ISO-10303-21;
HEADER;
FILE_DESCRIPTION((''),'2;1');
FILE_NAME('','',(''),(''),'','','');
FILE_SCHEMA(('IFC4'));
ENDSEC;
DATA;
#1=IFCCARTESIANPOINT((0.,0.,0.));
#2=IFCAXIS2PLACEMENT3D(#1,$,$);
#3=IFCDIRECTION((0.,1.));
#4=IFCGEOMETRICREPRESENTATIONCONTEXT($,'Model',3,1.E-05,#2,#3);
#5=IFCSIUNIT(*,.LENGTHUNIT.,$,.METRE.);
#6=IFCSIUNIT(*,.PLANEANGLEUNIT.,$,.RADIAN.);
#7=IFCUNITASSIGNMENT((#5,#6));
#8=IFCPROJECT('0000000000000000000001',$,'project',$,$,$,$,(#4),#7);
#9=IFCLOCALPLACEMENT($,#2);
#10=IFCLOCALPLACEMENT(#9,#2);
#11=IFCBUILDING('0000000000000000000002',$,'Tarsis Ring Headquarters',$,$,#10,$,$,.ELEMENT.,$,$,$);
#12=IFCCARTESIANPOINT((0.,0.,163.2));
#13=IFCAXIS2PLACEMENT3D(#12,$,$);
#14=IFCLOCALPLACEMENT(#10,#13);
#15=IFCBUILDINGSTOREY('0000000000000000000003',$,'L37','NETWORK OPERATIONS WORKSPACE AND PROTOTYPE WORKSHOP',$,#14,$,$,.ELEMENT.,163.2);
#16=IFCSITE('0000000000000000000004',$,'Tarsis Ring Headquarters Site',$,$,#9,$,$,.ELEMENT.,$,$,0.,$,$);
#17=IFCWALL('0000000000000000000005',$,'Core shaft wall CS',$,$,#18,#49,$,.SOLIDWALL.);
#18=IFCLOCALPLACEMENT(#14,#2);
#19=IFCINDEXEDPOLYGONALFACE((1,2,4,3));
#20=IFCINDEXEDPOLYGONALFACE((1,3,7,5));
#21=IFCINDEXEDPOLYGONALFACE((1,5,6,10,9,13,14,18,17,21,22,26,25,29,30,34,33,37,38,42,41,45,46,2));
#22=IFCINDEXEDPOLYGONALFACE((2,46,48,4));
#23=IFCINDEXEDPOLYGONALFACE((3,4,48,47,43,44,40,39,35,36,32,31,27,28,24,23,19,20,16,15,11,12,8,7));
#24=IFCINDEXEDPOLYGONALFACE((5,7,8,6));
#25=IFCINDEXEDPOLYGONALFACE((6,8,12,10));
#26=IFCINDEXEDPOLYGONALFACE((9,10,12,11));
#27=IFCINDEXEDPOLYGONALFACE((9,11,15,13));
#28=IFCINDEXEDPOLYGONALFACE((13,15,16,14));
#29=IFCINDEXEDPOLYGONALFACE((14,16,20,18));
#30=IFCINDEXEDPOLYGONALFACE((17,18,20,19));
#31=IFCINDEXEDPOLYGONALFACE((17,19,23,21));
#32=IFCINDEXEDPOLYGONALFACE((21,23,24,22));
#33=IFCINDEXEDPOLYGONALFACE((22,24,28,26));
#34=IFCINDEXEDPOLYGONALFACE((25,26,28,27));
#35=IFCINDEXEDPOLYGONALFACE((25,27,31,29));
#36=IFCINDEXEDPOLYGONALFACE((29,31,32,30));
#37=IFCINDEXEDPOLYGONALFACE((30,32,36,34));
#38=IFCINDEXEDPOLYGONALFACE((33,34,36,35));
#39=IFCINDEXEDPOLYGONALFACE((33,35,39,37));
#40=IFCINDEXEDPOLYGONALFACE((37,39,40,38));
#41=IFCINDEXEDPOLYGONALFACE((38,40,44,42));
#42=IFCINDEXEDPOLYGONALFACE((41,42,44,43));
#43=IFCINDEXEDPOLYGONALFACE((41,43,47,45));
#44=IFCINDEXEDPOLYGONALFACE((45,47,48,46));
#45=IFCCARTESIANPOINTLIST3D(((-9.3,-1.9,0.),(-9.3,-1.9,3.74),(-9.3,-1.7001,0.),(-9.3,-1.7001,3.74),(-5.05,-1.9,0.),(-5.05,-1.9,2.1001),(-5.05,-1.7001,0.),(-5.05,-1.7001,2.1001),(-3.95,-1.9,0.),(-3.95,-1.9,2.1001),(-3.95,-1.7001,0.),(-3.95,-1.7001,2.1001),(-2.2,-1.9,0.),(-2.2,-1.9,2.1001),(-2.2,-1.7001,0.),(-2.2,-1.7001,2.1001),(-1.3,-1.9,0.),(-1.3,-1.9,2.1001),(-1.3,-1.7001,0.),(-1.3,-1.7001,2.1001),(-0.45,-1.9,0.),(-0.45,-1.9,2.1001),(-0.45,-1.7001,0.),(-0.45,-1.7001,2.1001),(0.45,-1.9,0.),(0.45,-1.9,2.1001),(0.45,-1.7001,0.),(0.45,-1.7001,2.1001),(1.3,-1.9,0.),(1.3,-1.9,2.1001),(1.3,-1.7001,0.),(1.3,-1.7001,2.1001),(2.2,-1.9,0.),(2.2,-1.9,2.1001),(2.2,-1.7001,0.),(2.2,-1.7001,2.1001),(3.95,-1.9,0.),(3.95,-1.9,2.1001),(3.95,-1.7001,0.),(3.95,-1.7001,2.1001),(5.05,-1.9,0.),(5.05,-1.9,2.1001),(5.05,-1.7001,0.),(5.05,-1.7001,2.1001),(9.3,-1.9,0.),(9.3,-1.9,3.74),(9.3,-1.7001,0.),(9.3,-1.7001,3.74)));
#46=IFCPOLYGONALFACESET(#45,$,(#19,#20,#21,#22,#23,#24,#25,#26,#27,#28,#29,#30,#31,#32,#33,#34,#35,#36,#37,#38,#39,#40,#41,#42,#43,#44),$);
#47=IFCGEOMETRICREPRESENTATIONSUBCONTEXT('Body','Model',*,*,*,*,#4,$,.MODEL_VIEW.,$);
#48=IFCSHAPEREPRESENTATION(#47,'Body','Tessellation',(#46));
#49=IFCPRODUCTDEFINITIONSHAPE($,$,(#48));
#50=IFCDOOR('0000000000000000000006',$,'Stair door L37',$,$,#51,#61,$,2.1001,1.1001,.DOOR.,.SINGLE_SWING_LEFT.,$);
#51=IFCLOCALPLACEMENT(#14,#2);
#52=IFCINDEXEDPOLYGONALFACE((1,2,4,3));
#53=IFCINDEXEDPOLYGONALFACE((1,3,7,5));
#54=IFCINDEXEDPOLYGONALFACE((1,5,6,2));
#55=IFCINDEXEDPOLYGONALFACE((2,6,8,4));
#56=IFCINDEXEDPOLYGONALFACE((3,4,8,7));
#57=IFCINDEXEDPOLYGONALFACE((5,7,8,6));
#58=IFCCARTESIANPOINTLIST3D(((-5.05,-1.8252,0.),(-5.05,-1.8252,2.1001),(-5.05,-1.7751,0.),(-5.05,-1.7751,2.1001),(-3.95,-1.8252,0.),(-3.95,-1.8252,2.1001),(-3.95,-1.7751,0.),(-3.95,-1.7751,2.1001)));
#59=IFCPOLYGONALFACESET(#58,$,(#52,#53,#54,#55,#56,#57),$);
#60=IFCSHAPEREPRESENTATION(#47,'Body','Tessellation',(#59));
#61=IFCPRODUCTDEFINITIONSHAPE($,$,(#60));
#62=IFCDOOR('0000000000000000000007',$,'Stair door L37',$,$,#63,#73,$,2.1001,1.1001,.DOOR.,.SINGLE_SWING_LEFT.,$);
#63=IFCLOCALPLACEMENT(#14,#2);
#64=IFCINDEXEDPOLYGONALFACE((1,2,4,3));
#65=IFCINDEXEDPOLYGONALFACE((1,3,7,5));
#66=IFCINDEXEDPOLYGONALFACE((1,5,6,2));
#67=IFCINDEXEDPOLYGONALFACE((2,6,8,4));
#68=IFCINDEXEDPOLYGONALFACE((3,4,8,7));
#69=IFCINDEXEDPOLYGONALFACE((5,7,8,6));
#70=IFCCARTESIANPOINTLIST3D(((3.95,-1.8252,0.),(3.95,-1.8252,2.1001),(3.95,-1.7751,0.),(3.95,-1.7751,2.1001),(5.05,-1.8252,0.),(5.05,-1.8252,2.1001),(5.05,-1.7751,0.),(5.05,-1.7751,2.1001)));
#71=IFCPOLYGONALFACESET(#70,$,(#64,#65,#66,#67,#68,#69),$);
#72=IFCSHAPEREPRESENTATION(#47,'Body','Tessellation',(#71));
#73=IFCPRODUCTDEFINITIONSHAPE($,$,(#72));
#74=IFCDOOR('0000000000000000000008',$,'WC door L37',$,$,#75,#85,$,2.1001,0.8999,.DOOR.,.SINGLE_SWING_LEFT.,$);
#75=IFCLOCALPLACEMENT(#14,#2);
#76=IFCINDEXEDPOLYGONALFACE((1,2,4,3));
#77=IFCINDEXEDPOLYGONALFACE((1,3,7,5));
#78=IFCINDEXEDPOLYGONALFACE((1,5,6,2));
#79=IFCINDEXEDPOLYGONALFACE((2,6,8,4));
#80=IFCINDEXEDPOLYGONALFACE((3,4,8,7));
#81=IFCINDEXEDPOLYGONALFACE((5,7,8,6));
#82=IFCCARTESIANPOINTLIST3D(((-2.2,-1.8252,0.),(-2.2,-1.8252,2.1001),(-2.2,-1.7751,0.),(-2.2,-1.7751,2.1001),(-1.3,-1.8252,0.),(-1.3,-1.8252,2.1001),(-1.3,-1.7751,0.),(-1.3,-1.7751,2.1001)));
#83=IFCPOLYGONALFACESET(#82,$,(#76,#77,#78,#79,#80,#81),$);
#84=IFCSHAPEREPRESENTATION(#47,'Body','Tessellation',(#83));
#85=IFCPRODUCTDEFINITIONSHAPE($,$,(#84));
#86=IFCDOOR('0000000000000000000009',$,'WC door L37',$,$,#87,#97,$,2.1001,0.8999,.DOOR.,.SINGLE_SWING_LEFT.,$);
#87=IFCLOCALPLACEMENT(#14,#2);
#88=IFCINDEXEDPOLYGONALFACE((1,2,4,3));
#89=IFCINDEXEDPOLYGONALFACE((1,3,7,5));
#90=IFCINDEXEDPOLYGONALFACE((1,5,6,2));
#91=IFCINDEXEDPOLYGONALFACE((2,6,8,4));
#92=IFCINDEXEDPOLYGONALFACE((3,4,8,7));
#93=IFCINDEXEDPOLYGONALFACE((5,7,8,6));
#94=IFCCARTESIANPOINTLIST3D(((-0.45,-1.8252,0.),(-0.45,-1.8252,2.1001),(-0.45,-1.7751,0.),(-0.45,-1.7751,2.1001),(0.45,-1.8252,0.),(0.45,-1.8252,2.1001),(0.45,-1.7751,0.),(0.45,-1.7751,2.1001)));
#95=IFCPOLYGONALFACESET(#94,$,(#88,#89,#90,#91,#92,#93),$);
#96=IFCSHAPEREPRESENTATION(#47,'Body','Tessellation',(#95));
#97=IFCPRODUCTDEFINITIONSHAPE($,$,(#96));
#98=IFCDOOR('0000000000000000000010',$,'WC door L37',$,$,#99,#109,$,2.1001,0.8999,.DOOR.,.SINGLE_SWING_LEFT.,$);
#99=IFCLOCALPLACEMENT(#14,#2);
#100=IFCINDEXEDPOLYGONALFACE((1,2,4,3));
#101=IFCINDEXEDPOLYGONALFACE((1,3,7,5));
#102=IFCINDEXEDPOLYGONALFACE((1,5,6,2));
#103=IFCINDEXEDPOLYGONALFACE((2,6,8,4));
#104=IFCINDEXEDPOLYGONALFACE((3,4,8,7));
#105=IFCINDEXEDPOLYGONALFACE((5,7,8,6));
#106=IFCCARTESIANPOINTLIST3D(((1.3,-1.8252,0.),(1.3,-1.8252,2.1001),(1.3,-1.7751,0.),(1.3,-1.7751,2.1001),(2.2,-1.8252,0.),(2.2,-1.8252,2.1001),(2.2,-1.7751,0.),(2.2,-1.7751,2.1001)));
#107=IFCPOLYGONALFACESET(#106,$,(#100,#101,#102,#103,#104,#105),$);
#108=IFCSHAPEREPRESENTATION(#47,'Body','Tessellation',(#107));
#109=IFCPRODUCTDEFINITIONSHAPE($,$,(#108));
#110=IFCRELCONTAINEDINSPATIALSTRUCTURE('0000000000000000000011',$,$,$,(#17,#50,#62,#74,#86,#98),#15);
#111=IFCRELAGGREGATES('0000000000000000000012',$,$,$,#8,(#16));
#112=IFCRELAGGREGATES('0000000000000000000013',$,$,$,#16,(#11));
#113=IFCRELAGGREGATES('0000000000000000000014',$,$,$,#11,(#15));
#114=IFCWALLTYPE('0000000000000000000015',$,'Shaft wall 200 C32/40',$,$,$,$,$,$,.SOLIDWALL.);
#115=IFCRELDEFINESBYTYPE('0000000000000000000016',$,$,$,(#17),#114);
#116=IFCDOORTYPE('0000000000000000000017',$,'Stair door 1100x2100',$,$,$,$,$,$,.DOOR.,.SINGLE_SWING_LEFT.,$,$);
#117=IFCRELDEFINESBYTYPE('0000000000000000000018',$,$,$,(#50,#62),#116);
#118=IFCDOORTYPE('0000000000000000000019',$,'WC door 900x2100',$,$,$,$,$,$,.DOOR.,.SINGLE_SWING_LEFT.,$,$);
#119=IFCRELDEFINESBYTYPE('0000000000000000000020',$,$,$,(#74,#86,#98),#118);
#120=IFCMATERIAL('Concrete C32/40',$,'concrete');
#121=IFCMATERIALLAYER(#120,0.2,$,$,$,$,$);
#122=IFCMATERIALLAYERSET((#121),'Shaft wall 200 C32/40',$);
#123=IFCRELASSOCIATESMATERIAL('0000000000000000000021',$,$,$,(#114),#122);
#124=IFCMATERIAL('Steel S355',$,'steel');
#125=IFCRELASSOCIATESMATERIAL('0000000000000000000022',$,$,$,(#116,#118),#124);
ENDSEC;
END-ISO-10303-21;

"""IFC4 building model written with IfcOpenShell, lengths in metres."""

from ifc_helpers import new_model, si_unit, direction, frame, frame_2d, origin, place, context, subcontext, project, spatial, rectangle, extrude, material, layer, layer_set, type_object, element, fill, save


model = new_model("IFC4")

# Units and contexts
model_context = context("Model", 3, precision=1e-05, world=origin(), true_north=direction((0.0, 1.0)))
body_context = subcontext(model_context, "Body", "Model", "MODEL_VIEW")
ifc_project = project(units=[si_unit("LENGTHUNIT", "METRE"), si_unit("PLANEANGLEUNIT", "RADIAN")], contexts=[model_context])

# Site, building, storey
site_placement = place(None, origin())
site = spatial("IfcSite", under=ifc_project, at=site_placement, Name="Tarsis Ring Headquarters Site", CompositionType="ELEMENT", RefElevation=0.0)
building_placement = place(site_placement, origin())
building = spatial("IfcBuilding", under=site, at=building_placement, Name="Tarsis Ring Headquarters", CompositionType="ELEMENT")
storey_placement = place(building_placement, frame((0.0, 0.0, 163.2)))
storey = spatial("IfcBuildingStorey", under=building, at=storey_placement, Name="L37", Description="NETWORK OPERATIONS WORKSPACE AND PROTOTYPE WORKSHOP", CompositionType="ELEMENT", Elevation=163.2)

# Wall, openings, doors
ifc_material_1 = material(Name="Concrete C32/40", Category="concrete")
ifc_layer_1 = layer(ifc_material_1, 0.2)
ifc_layer_set_1 = layer_set([ifc_layer_1], Name="Shaft wall 200 C32/40")
wall_type_1 = type_object("IfcWallType", Name="Shaft wall 200 C32/40", PredefinedType="SOLIDWALL", material=ifc_layer_set_1)
wall_1_placement = place(storey_placement, frame((-9.3, -1.8, 0.0), z_axis=(0.0, 0.0, 1.0), x_axis=(1.0, 0.0, 0.0)))
wall_1 = element("IfcWall", 1, at=wall_1_placement, inside=storey, type_object=wall_type_1, Name="Core shaft wall CS", PredefinedType="SOLIDWALL", context=body_context, shape_type="SweptSolid", body=[
    extrude(rectangle(XDim=18.6001, YDim=0.2, at=frame_2d((9.3, 0.0))), origin(), (0.0, 0.0, 1.0), 3.74),
])
opening_1_placement = place(wall_1_placement, frame((4.25, 0.0, 0.0)))
opening_1 = element("IfcOpeningElement", 2, at=opening_1_placement, cuts=wall_1, PredefinedType="OPENING", context=body_context, shape_type="SweptSolid", body=[
    extrude(rectangle(XDim=1.1001, YDim=2.1001, at=frame_2d((0.55, 1.05))), frame((0.0, 0.1099, 0.0), z_axis=(0.0, -1.0, 0.0), x_axis=(1.0, 0.0, 0.0)), (0.0, 0.0, 1.0), 0.22),
])
opening_2_placement = place(wall_1_placement, frame((7.1001, 0.0, 0.0)))
opening_2 = element("IfcOpeningElement", 3, at=opening_2_placement, cuts=wall_1, PredefinedType="OPENING", context=body_context, shape_type="SweptSolid", body=[
    extrude(rectangle(XDim=0.8999, YDim=2.1001, at=frame_2d((0.45, 1.05))), frame((0.0, 0.1099, 0.0), z_axis=(0.0, -1.0, 0.0), x_axis=(1.0, 0.0, 0.0)), (0.0, 0.0, 1.0), 0.22),
])
opening_3_placement = place(wall_1_placement, frame((8.8501, 0.0, 0.0)))
opening_3 = element("IfcOpeningElement", 4, at=opening_3_placement, cuts=wall_1, PredefinedType="OPENING", context=body_context, shape_type="SweptSolid", body=[
    extrude(rectangle(XDim=0.8999, YDim=2.1001, at=frame_2d((0.45, 1.05))), frame((0.0, 0.1099, 0.0), z_axis=(0.0, -1.0, 0.0), x_axis=(1.0, 0.0, 0.0)), (0.0, 0.0, 1.0), 0.22),
])
opening_4_placement = place(wall_1_placement, frame((10.6001, 0.0, 0.0)))
opening_4 = element("IfcOpeningElement", 5, at=opening_4_placement, cuts=wall_1, PredefinedType="OPENING", context=body_context, shape_type="SweptSolid", body=[
    extrude(rectangle(XDim=0.8999, YDim=2.1001, at=frame_2d((0.45, 1.05))), frame((0.0, 0.1099, 0.0), z_axis=(0.0, -1.0, 0.0), x_axis=(1.0, 0.0, 0.0)), (0.0, 0.0, 1.0), 0.22),
])
opening_5_placement = place(wall_1_placement, frame((13.25, 0.0, 0.0)))
opening_5 = element("IfcOpeningElement", 6, at=opening_5_placement, cuts=wall_1, PredefinedType="OPENING", context=body_context, shape_type="SweptSolid", body=[
    extrude(rectangle(XDim=1.1001, YDim=2.1001, at=frame_2d((0.55, 1.05))), frame((0.0, 0.1099, 0.0), z_axis=(0.0, -1.0, 0.0), x_axis=(1.0, 0.0, 0.0)), (0.0, 0.0, 1.0), 0.22),
])
ifc_material_2 = material(Name="Steel S355", Category="steel")
door_type_1 = type_object("IfcDoorType", Name="Stair door 1100x2100", OperationType="SINGLE_SWING_LEFT", PredefinedType="DOOR", material=ifc_material_2)
door_1_placement = place(opening_1_placement, origin())
door_1 = element("IfcDoor", 7, at=door_1_placement, inside=storey, type_object=door_type_1, Name="Stair door L37", OperationType="SINGLE_SWING_LEFT", OverallHeight=2.1001, OverallWidth=1.1001, PredefinedType="DOOR", context=body_context, shape_type="SweptSolid", body=[
    extrude(rectangle(XDim=1.1001, YDim=2.1001, at=frame_2d((0.55, 1.05))), frame((0.0, 0.0249, 0.0), z_axis=(0.0, -1.0, 0.0), x_axis=(1.0, 0.0, 0.0)), (0.0, 0.0, 1.0), 0.05),
])
fill(opening_1, door_1)
door_2_placement = place(opening_5_placement, origin())
door_2 = element("IfcDoor", 8, at=door_2_placement, inside=storey, type_object=door_type_1, Name="Stair door L37", OperationType="SINGLE_SWING_LEFT", OverallHeight=2.1001, OverallWidth=1.1001, PredefinedType="DOOR", context=body_context, shape_type="SweptSolid", body=[
    extrude(rectangle(XDim=1.1001, YDim=2.1001, at=frame_2d((0.55, 1.05))), frame((0.0, 0.0249, 0.0), z_axis=(0.0, -1.0, 0.0), x_axis=(1.0, 0.0, 0.0)), (0.0, 0.0, 1.0), 0.05),
])
fill(opening_5, door_2)
door_type_2 = type_object("IfcDoorType", Name="WC door 900x2100", OperationType="SINGLE_SWING_LEFT", PredefinedType="DOOR", material=ifc_material_2)
door_3_placement = place(opening_2_placement, origin())
door_3 = element("IfcDoor", 9, at=door_3_placement, inside=storey, type_object=door_type_2, Name="WC door L37", OperationType="SINGLE_SWING_LEFT", OverallHeight=2.1001, OverallWidth=0.8999, PredefinedType="DOOR", context=body_context, shape_type="SweptSolid", body=[
    extrude(rectangle(XDim=0.8999, YDim=2.1001, at=frame_2d((0.45, 1.05))), frame((0.0, 0.0249, 0.0), z_axis=(0.0, -1.0, 0.0), x_axis=(1.0, 0.0, 0.0)), (0.0, 0.0, 1.0), 0.05),
])
fill(opening_2, door_3)
door_4_placement = place(opening_3_placement, origin())
door_4 = element("IfcDoor", 10, at=door_4_placement, inside=storey, type_object=door_type_2, Name="WC door L37", OperationType="SINGLE_SWING_LEFT", OverallHeight=2.1001, OverallWidth=0.8999, PredefinedType="DOOR", context=body_context, shape_type="SweptSolid", body=[
    extrude(rectangle(XDim=0.8999, YDim=2.1001, at=frame_2d((0.45, 1.05))), frame((0.0, 0.0249, 0.0), z_axis=(0.0, -1.0, 0.0), x_axis=(1.0, 0.0, 0.0)), (0.0, 0.0, 1.0), 0.05),
])
fill(opening_3, door_4)
door_5_placement = place(opening_4_placement, origin())
door_5 = element("IfcDoor", 11, at=door_5_placement, inside=storey, type_object=door_type_2, Name="WC door L37", OperationType="SINGLE_SWING_LEFT", OverallHeight=2.1001, OverallWidth=0.8999, PredefinedType="DOOR", context=body_context, shape_type="SweptSolid", body=[
    extrude(rectangle(XDim=0.8999, YDim=2.1001, at=frame_2d((0.45, 1.05))), frame((0.0, 0.0249, 0.0), z_axis=(0.0, -1.0, 0.0), x_axis=(1.0, 0.0, 0.0)), (0.0, 0.0, 1.0), 0.05),
])
fill(opening_4, door_5)

save(model, "model.ifc")
